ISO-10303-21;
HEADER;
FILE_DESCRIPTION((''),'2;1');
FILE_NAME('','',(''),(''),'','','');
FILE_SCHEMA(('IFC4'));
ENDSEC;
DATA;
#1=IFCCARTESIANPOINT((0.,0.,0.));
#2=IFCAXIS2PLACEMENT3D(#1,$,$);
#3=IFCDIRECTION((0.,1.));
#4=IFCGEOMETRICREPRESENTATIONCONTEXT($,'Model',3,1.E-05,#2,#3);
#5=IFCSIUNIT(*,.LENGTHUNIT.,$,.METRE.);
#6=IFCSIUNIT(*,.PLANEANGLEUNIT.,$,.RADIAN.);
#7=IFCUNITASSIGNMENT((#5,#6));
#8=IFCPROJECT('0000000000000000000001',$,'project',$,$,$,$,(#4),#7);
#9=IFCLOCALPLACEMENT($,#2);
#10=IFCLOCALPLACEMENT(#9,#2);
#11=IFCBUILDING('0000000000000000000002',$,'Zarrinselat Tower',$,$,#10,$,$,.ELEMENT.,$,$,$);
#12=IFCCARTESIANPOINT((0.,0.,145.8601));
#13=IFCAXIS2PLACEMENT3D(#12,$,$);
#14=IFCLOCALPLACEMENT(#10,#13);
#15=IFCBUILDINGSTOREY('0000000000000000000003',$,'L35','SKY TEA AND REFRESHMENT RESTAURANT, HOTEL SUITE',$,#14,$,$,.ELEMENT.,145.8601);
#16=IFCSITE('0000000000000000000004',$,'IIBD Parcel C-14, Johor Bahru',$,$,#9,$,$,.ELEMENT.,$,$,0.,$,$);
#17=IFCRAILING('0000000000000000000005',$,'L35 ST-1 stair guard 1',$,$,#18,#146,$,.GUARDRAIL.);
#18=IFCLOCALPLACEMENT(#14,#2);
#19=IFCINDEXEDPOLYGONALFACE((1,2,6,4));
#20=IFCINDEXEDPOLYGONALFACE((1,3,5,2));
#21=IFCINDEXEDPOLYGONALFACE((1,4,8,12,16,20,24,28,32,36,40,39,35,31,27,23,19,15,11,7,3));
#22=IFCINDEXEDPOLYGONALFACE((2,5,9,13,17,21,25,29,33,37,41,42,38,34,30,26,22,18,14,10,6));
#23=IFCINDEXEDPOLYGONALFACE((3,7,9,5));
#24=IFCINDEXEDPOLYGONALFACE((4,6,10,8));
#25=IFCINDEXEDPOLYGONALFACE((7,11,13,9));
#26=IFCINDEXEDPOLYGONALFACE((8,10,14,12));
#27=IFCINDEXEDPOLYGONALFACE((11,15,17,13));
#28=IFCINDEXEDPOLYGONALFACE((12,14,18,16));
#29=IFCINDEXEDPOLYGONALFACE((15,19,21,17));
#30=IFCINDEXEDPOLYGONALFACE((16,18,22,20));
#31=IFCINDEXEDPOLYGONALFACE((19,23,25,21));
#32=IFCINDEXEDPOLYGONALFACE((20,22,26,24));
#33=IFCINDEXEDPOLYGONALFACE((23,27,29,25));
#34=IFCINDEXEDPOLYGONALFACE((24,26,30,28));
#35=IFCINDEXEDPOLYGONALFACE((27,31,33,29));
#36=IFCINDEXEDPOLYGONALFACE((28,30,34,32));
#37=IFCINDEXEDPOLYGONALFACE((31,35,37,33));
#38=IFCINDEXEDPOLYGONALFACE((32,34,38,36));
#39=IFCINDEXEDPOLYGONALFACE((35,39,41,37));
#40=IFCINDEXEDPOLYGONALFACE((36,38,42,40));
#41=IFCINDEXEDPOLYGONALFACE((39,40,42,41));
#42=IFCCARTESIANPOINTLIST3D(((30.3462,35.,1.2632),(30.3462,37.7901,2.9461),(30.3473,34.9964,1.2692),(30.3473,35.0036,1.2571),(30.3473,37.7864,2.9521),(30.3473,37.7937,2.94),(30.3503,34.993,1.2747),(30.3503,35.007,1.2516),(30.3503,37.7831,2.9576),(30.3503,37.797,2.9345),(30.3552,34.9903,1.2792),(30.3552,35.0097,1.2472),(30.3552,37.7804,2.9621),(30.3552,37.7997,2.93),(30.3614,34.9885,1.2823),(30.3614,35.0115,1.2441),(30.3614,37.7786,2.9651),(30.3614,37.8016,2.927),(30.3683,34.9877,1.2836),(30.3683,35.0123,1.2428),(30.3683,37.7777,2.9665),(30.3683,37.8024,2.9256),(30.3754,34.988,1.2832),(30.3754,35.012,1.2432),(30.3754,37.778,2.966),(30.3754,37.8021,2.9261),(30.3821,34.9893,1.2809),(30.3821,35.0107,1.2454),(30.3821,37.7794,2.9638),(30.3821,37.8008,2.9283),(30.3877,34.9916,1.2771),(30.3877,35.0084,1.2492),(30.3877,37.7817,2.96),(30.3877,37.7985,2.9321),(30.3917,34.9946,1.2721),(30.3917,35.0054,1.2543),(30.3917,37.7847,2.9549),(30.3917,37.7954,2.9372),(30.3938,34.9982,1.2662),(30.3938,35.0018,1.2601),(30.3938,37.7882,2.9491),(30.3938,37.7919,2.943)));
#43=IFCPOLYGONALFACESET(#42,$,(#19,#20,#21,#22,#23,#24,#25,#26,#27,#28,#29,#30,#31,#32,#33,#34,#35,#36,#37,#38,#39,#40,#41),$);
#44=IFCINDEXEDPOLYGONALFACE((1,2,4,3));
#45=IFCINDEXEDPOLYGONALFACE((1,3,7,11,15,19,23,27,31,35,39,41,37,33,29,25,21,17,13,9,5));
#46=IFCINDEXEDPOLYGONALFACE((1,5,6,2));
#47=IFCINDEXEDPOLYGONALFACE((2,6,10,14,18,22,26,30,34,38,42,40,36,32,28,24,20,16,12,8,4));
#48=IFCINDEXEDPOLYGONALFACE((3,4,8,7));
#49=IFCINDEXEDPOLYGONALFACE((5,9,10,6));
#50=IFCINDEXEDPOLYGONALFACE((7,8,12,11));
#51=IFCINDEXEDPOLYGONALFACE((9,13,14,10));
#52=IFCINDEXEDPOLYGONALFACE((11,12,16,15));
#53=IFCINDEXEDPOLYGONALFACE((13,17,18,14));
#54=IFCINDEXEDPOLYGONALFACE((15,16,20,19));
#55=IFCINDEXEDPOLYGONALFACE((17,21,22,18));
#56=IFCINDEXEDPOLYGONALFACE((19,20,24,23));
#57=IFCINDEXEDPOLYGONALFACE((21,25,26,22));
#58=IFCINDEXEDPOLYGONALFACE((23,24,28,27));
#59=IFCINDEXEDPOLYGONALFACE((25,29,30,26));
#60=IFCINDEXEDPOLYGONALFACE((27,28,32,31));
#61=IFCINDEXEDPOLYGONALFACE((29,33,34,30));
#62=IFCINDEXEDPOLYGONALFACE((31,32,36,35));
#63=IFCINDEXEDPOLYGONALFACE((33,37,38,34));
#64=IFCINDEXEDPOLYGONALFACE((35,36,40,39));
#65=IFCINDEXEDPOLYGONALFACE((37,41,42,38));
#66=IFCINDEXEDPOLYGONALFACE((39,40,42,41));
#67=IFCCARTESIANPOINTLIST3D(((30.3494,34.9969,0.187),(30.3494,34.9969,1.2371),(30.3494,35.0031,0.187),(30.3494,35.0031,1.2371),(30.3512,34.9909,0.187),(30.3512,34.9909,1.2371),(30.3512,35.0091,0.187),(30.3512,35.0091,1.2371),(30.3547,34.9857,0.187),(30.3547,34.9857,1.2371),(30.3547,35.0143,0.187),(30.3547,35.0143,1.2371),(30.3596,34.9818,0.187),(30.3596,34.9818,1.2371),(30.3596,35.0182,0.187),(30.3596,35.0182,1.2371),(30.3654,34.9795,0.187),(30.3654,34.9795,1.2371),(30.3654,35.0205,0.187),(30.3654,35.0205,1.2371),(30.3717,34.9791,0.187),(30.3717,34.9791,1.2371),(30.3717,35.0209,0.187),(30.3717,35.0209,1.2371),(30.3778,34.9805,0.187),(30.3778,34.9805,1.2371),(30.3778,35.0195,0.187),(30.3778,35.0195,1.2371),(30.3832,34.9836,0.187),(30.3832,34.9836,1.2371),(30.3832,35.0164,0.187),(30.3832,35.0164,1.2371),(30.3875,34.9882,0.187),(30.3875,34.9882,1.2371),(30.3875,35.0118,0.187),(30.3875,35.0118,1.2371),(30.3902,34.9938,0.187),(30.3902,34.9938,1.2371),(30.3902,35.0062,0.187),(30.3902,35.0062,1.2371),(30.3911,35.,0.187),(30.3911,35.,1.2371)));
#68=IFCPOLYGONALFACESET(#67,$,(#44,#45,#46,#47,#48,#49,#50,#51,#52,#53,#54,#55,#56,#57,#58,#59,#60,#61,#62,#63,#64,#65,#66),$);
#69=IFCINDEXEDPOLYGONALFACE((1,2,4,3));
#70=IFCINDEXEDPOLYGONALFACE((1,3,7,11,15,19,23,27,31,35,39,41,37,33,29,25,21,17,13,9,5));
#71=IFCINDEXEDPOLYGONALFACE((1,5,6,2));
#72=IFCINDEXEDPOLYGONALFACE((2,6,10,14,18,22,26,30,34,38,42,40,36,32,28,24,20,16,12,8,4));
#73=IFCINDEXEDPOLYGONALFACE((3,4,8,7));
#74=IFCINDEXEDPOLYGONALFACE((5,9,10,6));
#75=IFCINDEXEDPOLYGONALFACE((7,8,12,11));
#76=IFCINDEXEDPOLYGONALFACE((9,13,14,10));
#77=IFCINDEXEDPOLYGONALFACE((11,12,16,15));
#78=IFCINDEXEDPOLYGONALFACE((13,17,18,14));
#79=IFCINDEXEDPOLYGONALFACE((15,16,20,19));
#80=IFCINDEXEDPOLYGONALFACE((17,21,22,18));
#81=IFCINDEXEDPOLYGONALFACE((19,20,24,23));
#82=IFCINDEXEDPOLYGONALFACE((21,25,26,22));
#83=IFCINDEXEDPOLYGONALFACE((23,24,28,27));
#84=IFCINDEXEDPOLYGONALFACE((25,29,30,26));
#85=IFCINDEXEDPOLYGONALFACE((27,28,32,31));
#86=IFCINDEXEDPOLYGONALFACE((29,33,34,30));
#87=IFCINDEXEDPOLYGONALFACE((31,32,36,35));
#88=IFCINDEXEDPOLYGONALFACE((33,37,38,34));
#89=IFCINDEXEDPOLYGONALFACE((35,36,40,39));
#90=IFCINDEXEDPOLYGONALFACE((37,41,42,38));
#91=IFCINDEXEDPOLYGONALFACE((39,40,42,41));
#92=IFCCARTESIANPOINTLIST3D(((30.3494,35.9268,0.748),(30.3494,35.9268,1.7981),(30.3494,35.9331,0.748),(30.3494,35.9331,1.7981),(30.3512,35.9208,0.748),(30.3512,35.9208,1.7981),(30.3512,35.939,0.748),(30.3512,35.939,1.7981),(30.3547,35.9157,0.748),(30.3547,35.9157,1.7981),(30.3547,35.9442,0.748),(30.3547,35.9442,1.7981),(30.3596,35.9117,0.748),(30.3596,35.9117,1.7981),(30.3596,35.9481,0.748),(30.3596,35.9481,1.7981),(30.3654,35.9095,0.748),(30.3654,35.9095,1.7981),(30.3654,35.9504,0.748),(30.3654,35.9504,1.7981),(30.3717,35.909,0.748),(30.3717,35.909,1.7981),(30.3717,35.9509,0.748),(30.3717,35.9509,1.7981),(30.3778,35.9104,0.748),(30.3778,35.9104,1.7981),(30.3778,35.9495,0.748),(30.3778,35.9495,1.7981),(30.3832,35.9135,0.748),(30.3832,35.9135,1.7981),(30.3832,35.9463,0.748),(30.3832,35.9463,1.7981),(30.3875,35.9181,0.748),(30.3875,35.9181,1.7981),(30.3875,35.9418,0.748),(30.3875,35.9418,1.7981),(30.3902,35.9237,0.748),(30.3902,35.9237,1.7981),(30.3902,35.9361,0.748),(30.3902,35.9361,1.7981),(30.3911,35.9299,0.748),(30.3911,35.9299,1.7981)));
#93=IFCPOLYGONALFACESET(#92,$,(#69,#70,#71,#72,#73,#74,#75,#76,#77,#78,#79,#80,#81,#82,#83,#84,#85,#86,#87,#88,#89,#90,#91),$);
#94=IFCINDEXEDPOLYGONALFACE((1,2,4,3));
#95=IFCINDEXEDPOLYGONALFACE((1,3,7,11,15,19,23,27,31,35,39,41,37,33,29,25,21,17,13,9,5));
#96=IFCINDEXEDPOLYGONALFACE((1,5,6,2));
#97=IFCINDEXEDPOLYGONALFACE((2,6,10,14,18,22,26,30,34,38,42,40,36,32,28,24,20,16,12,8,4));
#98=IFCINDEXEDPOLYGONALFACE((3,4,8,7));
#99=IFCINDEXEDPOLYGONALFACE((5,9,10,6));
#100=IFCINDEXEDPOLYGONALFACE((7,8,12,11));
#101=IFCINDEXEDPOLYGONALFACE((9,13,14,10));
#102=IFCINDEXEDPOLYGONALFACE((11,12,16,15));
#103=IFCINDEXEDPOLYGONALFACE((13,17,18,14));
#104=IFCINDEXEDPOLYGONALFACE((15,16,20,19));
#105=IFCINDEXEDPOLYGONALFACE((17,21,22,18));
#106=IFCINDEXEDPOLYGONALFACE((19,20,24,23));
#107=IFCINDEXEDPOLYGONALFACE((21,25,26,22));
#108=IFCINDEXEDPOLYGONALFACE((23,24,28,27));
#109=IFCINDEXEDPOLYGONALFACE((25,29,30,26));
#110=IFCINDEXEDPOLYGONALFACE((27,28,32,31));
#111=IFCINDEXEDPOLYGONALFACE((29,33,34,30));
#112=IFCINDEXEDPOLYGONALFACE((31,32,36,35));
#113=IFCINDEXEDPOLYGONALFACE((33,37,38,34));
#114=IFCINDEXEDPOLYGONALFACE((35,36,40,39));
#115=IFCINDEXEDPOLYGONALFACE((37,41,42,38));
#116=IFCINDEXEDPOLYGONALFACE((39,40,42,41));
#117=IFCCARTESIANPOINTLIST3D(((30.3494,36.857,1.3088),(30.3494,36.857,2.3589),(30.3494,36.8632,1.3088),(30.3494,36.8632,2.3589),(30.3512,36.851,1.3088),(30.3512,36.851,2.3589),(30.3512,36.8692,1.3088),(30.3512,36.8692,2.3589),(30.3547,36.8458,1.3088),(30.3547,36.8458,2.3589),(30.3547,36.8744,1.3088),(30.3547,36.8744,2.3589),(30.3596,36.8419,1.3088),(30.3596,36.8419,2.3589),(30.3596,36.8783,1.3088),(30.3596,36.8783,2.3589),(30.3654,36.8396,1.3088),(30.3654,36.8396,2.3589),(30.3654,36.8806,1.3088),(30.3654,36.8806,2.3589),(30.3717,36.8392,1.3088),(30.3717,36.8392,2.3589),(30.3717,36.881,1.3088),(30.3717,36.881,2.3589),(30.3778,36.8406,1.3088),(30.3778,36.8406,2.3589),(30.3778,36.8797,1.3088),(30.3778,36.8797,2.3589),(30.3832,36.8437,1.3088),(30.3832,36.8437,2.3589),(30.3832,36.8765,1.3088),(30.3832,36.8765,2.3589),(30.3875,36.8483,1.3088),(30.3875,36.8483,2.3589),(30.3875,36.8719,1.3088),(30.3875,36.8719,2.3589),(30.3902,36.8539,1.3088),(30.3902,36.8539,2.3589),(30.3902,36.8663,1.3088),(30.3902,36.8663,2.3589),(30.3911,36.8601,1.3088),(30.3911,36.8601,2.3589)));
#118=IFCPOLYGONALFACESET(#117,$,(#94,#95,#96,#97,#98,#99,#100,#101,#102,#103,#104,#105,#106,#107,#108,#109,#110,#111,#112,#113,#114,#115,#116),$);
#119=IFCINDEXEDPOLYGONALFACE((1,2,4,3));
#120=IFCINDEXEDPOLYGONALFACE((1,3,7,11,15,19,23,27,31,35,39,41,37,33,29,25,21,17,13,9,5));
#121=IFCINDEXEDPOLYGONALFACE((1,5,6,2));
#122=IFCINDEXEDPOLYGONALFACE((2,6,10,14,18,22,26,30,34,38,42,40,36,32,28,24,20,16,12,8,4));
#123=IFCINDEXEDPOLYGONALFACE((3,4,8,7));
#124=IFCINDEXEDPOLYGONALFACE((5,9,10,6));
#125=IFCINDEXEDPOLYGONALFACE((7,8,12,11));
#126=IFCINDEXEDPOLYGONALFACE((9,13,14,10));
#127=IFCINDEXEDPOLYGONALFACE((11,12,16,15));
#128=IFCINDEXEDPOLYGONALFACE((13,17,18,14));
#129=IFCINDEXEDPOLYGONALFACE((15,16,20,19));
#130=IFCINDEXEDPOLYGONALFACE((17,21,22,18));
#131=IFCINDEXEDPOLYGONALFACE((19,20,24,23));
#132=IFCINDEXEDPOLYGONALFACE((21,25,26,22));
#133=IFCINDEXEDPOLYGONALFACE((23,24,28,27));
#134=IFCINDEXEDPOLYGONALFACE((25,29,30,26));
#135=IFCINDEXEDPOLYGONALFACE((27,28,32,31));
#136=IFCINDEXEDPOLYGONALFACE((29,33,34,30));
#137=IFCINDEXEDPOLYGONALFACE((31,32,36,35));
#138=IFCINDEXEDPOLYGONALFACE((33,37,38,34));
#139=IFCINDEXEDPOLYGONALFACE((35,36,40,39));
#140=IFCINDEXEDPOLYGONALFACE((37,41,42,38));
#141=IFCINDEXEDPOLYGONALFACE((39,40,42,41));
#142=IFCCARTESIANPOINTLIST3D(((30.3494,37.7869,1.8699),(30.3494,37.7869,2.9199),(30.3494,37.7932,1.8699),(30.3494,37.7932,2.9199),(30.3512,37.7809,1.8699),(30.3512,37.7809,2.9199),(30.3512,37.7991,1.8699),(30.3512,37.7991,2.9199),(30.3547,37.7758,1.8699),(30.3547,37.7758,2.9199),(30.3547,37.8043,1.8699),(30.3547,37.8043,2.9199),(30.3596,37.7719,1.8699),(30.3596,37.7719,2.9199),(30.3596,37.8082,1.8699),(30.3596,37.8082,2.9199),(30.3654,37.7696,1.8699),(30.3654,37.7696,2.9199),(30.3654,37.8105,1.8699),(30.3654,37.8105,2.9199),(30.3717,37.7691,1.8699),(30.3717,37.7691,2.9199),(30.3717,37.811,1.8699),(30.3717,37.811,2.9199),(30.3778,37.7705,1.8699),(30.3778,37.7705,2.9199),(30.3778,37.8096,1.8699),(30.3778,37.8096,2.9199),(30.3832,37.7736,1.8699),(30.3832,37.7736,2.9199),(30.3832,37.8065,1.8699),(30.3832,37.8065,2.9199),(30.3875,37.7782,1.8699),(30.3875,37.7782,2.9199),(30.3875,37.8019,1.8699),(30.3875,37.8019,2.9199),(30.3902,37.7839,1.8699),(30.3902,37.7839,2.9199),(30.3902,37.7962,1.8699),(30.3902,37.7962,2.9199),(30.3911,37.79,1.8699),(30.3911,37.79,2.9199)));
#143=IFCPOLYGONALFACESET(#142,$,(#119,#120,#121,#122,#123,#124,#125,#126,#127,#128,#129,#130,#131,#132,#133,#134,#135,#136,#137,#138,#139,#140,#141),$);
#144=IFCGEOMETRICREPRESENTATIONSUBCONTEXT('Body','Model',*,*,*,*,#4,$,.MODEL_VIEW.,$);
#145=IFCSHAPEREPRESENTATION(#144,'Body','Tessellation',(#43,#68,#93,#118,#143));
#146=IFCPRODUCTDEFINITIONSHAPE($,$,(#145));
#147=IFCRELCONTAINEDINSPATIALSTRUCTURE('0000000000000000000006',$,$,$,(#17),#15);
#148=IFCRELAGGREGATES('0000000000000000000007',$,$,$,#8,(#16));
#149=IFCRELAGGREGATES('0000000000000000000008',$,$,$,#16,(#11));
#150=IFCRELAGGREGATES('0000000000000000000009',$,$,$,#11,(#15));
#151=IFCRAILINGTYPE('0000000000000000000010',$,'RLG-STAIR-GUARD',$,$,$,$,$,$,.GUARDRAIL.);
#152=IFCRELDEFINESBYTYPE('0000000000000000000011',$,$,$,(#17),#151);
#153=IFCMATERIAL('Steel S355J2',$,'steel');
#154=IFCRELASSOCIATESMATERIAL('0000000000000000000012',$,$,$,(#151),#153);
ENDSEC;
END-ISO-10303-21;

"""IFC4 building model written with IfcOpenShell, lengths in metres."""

from ifc_helpers import new_model, si_unit, direction, frame, origin, origin_2d, place, context, subcontext, project, spatial, circle, extrude, material, type_object, element, save


model = new_model("IFC4")

# Units and contexts
model_context = context("Model", 3, precision=1e-05, world=origin(), true_north=direction((0.0, 1.0)))
body_context = subcontext(model_context, "Body", "Model", "MODEL_VIEW")
ifc_project = project(units=[si_unit("LENGTHUNIT", "METRE"), si_unit("PLANEANGLEUNIT", "RADIAN")], contexts=[model_context])

# Site, building, storey
site_placement = place(None, origin())
site = spatial("IfcSite", under=ifc_project, at=site_placement, Name="IIBD Parcel C-14, Johor Bahru", CompositionType="ELEMENT", RefElevation=0.0)
building_placement = place(site_placement, origin())
building = spatial("IfcBuilding", under=site, at=building_placement, Name="Zarrinselat Tower", CompositionType="ELEMENT")
storey_placement = place(building_placement, frame((0.0, 0.0, 145.8601)))
storey = spatial("IfcBuildingStorey", under=building, at=storey_placement, Name="L35", Description="SKY TEA AND REFRESHMENT RESTAURANT, HOTEL SUITE", CompositionType="ELEMENT", Elevation=145.8601)

# Railing
ifc_material_1 = material(Name="Steel S355J2", Category="steel")
railing_type_1 = type_object("IfcRailingType", Name="RLG-STAIR-GUARD", PredefinedType="GUARDRAIL", material=ifc_material_1)
railing_1_placement = place(storey_placement, frame((30.3701, 35.0, 0.187)))
element("IfcRailing", 1, at=railing_1_placement, inside=storey, type_object=railing_type_1, Name="L35 ST-1 stair guard 1", PredefinedType="GUARDRAIL", context=body_context, shape_type="SweptSolid", body=[
    extrude(circle(Radius=0.0239, at=origin_2d()), frame((0.0, 0.0, 1.0762), z_axis=(0.0, 0.856294, 0.516489), x_axis=(-1.0, 0.0, 0.0)), (0.0, 0.0, 1.0), 3.2583),
    extrude(circle(Radius=0.021, at=origin_2d()), origin(), (0.0, 0.0, 1.0), 1.05),
    extrude(circle(Radius=0.021, at=origin_2d()), frame((0.0, 0.9299, 0.561)), (0.0, 0.0, 1.0), 1.05),
    extrude(circle(Radius=0.021, at=origin_2d()), frame((0.0, 1.8601, 1.1218)), (0.0, 0.0, 1.0), 1.05),
    extrude(circle(Radius=0.021, at=origin_2d()), frame((0.0, 2.79, 1.6829)), (0.0, 0.0, 1.0), 1.05),
])

save(model, "model.ifc")
